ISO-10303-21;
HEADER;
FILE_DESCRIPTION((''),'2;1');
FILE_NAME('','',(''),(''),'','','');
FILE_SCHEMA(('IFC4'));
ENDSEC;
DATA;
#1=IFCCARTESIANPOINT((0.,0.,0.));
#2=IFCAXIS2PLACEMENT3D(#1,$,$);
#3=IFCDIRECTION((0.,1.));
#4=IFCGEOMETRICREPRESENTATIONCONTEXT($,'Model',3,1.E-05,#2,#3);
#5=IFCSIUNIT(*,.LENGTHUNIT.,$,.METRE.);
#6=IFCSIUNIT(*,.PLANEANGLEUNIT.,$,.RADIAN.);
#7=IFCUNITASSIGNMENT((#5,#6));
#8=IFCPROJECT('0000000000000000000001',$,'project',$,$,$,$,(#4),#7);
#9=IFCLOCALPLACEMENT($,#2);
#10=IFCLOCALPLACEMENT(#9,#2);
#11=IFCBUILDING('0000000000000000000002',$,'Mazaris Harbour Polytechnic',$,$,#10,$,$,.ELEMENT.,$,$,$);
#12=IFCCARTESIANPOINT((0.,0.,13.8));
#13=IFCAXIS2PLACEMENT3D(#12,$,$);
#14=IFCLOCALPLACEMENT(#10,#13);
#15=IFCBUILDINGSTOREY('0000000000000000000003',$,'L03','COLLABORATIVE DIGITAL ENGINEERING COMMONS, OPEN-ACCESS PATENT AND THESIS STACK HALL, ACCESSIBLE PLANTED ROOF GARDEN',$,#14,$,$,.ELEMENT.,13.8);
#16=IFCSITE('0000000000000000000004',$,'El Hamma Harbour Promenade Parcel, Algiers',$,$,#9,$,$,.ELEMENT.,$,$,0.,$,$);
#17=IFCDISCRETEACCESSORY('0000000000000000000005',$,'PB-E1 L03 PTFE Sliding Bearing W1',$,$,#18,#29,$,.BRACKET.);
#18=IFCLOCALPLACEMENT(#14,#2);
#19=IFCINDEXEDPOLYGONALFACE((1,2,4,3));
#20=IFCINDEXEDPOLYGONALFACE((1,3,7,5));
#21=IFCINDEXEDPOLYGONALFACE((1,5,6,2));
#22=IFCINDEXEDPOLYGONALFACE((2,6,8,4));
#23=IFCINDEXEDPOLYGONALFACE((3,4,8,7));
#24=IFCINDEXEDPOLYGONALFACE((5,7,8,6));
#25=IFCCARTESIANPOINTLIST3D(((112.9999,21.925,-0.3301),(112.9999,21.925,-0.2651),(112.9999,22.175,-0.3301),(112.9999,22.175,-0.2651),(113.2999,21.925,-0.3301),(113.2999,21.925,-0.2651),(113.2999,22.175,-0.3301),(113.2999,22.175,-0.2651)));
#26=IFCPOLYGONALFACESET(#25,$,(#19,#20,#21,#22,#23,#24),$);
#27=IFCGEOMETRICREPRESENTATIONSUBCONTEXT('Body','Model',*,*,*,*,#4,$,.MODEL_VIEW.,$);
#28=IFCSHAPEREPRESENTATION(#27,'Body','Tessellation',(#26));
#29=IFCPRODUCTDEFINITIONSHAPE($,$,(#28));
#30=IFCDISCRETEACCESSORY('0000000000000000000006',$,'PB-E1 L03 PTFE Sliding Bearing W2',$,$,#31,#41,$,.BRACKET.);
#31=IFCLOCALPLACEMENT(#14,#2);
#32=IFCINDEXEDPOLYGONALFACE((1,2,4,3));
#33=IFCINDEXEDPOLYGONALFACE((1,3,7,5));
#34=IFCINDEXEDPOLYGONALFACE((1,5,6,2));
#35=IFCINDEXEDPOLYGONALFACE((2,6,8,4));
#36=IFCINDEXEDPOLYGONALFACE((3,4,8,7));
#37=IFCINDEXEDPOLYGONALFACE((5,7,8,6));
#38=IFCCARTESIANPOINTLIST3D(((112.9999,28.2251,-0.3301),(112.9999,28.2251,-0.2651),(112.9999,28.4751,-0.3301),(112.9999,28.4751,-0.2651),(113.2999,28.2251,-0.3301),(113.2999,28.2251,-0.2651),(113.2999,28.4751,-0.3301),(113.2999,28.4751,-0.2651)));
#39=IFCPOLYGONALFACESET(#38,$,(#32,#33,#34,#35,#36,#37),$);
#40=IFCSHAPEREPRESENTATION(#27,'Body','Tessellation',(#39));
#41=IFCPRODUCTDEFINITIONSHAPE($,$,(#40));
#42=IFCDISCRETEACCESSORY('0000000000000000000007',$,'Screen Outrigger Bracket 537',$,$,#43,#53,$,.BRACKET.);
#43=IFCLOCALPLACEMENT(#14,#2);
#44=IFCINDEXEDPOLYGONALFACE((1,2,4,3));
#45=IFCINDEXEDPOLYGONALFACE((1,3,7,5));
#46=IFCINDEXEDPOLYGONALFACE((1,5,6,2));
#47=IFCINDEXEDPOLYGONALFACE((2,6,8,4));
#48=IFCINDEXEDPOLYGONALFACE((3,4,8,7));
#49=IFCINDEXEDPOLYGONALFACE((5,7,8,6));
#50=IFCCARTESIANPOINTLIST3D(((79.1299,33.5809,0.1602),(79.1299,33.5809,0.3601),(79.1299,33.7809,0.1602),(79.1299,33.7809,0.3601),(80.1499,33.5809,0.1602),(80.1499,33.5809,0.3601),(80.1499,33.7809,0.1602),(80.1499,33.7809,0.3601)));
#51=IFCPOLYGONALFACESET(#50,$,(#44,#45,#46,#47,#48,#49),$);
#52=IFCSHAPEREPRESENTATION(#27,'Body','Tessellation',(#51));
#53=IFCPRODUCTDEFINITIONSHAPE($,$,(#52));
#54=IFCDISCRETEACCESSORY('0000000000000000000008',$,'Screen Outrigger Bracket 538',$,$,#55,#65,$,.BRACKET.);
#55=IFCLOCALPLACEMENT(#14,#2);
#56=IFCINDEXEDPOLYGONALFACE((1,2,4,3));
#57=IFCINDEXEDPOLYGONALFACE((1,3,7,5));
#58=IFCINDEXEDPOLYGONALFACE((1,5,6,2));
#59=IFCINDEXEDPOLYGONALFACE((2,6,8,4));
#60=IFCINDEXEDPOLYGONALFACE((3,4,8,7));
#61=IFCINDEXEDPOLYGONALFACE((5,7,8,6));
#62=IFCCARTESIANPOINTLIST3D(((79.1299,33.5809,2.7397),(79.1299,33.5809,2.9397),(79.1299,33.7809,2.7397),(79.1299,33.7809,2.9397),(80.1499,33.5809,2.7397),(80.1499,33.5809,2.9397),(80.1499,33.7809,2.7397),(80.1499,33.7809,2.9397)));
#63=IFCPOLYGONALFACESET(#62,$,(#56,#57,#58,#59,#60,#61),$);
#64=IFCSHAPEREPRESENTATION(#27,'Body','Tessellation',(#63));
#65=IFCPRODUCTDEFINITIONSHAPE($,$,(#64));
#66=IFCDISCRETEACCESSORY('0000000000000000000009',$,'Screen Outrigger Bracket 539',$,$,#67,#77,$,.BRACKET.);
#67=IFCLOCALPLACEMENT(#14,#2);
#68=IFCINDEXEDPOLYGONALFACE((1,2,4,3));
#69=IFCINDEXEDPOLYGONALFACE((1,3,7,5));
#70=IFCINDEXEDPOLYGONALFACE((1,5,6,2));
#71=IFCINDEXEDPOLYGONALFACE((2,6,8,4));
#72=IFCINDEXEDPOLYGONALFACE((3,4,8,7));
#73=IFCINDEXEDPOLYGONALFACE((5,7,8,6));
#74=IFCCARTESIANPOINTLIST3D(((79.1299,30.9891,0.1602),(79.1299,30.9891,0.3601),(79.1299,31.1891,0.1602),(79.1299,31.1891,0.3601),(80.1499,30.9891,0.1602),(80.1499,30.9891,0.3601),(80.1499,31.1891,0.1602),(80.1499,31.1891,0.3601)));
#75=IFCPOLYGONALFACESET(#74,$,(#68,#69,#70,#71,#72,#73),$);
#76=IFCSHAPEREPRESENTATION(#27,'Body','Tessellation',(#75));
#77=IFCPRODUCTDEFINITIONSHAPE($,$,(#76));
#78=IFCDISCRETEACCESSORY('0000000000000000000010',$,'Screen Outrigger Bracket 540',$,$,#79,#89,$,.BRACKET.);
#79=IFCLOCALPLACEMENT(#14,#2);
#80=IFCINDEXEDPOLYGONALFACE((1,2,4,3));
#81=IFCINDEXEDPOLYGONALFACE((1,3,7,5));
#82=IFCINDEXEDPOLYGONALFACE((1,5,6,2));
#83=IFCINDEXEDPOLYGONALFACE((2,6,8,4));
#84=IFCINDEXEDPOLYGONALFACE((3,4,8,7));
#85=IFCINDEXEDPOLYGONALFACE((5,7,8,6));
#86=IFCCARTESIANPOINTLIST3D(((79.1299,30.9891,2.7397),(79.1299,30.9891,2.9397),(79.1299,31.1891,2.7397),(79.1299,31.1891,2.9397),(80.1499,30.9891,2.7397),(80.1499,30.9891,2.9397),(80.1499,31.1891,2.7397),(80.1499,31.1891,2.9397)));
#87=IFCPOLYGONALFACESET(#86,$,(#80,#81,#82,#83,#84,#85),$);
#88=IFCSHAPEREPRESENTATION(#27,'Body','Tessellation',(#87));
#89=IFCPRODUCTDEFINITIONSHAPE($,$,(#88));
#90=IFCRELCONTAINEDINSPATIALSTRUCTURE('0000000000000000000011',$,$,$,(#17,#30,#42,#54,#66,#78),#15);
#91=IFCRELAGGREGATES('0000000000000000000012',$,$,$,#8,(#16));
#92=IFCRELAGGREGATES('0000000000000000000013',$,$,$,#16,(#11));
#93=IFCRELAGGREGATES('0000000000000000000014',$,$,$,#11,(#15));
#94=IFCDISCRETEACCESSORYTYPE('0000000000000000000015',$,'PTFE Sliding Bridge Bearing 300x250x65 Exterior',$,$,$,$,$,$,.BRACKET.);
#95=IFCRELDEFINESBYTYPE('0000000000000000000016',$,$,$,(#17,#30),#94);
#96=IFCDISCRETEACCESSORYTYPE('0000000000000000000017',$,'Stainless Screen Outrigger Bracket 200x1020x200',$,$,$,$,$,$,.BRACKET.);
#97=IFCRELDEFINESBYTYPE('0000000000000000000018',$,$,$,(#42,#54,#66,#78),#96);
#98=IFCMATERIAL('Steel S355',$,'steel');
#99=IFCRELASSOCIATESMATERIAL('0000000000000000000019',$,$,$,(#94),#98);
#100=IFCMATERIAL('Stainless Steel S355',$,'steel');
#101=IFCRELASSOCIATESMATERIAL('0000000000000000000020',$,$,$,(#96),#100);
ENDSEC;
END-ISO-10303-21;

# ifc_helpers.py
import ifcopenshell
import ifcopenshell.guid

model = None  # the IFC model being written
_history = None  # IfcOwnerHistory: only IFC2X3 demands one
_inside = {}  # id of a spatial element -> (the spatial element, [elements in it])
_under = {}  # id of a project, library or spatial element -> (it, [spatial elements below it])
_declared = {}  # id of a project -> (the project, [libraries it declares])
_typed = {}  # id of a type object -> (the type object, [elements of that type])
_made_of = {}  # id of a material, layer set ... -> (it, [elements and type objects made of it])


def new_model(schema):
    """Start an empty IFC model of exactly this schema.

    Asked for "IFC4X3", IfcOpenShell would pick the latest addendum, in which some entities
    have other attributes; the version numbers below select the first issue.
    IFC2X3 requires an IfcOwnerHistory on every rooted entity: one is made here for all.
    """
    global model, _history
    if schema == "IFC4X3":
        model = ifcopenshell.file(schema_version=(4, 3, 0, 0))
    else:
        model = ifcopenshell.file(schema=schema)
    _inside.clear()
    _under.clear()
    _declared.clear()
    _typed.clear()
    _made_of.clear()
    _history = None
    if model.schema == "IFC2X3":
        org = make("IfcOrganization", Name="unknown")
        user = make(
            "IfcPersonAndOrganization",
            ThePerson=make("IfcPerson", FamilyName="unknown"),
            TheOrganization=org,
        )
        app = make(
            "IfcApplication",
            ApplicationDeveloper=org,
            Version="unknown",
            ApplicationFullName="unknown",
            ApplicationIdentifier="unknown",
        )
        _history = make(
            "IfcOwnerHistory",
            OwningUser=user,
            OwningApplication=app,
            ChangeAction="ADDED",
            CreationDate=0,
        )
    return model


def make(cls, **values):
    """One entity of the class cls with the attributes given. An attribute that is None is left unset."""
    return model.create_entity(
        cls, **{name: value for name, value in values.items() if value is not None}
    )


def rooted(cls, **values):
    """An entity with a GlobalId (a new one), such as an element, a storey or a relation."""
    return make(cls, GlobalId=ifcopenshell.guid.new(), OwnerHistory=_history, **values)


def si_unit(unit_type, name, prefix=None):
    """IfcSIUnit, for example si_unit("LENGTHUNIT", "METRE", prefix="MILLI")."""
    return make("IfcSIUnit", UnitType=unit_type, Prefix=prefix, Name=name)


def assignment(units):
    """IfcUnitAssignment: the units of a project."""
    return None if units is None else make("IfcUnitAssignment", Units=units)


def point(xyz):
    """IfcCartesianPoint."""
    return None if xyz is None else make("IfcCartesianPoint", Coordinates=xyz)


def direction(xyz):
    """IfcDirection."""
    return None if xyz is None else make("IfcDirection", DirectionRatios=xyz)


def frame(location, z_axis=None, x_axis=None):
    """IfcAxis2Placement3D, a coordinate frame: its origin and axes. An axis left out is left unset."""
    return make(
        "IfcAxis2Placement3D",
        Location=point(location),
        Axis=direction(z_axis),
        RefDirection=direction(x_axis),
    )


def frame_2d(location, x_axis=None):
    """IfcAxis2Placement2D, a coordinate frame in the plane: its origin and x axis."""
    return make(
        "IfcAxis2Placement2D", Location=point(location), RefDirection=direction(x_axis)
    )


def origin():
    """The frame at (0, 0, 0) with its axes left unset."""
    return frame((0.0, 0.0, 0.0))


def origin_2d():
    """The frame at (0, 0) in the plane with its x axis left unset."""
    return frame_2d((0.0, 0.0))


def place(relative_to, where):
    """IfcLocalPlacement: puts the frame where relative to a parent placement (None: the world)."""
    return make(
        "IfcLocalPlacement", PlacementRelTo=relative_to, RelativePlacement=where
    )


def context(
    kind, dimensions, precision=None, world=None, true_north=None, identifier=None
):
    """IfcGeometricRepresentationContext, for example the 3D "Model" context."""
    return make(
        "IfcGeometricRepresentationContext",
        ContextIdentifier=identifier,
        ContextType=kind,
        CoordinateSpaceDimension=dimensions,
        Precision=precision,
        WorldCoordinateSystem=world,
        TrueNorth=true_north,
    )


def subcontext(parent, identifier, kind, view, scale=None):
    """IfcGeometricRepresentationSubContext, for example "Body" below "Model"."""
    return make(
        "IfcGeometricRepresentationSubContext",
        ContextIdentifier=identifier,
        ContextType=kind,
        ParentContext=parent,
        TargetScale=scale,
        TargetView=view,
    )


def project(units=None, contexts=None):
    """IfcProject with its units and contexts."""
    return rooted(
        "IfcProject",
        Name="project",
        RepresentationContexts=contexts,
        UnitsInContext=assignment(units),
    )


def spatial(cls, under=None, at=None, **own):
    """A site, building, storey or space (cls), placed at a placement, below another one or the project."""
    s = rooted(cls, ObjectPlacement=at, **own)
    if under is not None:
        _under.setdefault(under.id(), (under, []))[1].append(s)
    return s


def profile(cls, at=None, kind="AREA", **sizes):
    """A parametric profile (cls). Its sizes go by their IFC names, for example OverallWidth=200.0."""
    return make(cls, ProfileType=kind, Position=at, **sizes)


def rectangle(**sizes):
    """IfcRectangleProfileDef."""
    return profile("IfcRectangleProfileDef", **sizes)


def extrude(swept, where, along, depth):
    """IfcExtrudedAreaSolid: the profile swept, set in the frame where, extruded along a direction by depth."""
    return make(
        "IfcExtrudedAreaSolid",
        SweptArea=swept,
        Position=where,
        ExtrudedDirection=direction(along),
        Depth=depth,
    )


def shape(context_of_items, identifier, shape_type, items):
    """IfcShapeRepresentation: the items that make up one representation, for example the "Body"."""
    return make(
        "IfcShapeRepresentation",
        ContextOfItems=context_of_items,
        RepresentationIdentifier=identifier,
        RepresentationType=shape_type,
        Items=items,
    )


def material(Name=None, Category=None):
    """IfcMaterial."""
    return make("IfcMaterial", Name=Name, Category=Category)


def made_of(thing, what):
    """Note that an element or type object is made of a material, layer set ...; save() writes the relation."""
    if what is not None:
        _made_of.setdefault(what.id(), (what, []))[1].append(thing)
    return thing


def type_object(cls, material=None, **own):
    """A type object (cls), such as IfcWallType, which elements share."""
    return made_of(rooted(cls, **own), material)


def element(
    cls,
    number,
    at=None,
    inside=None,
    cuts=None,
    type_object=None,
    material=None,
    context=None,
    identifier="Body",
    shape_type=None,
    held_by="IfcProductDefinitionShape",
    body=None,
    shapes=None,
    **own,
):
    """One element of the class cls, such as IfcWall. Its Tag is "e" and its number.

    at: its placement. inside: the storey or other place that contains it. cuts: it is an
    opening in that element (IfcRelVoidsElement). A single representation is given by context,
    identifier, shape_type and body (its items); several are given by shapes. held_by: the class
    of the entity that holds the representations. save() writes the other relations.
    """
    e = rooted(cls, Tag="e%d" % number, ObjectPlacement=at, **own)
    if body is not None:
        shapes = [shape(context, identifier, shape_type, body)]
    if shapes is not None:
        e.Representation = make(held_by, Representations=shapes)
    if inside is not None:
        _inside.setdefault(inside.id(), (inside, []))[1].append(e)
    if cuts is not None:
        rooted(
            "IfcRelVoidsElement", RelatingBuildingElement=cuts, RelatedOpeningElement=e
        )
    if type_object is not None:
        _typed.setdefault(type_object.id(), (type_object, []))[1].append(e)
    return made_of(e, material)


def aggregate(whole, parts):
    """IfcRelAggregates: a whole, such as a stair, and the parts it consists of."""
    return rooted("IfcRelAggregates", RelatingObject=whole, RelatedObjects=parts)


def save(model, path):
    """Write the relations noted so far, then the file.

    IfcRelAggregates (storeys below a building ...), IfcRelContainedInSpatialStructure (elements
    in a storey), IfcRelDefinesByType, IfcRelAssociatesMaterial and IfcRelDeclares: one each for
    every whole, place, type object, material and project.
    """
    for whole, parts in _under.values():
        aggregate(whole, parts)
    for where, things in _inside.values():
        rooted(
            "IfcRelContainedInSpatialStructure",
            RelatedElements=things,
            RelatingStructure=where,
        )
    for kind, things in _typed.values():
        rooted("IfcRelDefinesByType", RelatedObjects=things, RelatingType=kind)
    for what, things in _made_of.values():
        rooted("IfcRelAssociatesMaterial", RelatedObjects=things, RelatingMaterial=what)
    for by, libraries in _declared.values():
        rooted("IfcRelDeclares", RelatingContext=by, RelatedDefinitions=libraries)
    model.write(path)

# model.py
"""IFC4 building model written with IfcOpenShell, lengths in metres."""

from ifc_helpers import new_model, si_unit, direction, frame, origin, origin_2d, place, context, subcontext, project, spatial, rectangle, extrude, material, type_object, element, save


model = new_model("IFC4")

# Units and contexts
model_context = context("Model", 3, precision=1e-05, world=origin(), true_north=direction((0.0, 1.0)))
body_context = subcontext(model_context, "Body", "Model", "MODEL_VIEW")
ifc_project = project(units=[si_unit("LENGTHUNIT", "METRE"), si_unit("PLANEANGLEUNIT", "RADIAN")], contexts=[model_context])

# Site, building, storey
site_placement = place(None, origin())
site = spatial("IfcSite", under=ifc_project, at=site_placement, Name="El Hamma Harbour Promenade Parcel, Algiers", CompositionType="ELEMENT", RefElevation=0.0)
building_placement = place(site_placement, origin())
building = spatial("IfcBuilding", under=site, at=building_placement, Name="Mazaris Harbour Polytechnic", CompositionType="ELEMENT")
storey_placement = place(building_placement, frame((0.0, 0.0, 13.8)))
storey = spatial("IfcBuildingStorey", under=building, at=storey_placement, Name="L03", Description="COLLABORATIVE DIGITAL ENGINEERING COMMONS, OPEN-ACCESS PATENT AND THESIS STACK HALL, ACCESSIBLE PLANTED ROOF GARDEN", CompositionType="ELEMENT", Elevation=13.8)

# Discrete accessories
ifc_material_1 = material(Name="Steel S355", Category="steel")
discrete_accessory_type_1 = type_object("IfcDiscreteAccessoryType", Name="PTFE Sliding Bridge Bearing 300x250x65 Exterior", PredefinedType="BRACKET", material=ifc_material_1)
for number, where, z_axis, x_axis, name in (
    (1, (113.1499, 22.05, -0.3301), (0.0, 0.0, 1.0), (1.0, 0.0, 0.0), "PB-E1 L03 PTFE Sliding Bearing W1"),
    (2, (113.1499, 28.3501, -0.3301), (0.0, 0.0, 1.0), (1.0, 0.0, 0.0), "PB-E1 L03 PTFE Sliding Bearing W2"),
):
    element("IfcDiscreteAccessory", number, at=place(storey_placement, frame(where, z_axis=z_axis, x_axis=x_axis)), inside=storey, type_object=discrete_accessory_type_1, Name=name, PredefinedType="BRACKET", context=body_context, shape_type="SweptSolid", body=[
        extrude(rectangle(XDim=0.3, YDim=0.25, at=origin_2d()), origin(), (0.0, 0.0, 1.0), 0.0649),
    ])
ifc_material_2 = material(Name="Stainless Steel S355", Category="steel")
discrete_accessory_type_2 = type_object("IfcDiscreteAccessoryType", Name="Stainless Screen Outrigger Bracket 200x1020x200", PredefinedType="BRACKET", material=ifc_material_2)
for number, where, z_axis, x_axis, name in (
    (3, (79.6399, 33.6809, 0.1602), (0.0, 0.0, 1.0), (0.0, -1.0, 0.0), "Screen Outrigger Bracket 537"),
    (4, (79.6399, 33.6809, 2.7397), (0.0, 0.0, 1.0), (0.0, -1.0, 0.0), "Screen Outrigger Bracket 538"),
    (5, (79.6399, 31.0891, 0.1602), (0.0, 0.0, 1.0), (0.0, -1.0, 0.0), "Screen Outrigger Bracket 539"),
    (6, (79.6399, 31.0891, 2.7397), (0.0, 0.0, 1.0), (0.0, -1.0, 0.0), "Screen Outrigger Bracket 540"),
):
    element("IfcDiscreteAccessory", number, at=place(storey_placement, frame(where, z_axis=z_axis, x_axis=x_axis)), inside=storey, type_object=discrete_accessory_type_2, Name=name, PredefinedType="BRACKET", context=body_context, shape_type="SweptSolid", body=[
        extrude(rectangle(XDim=0.2, YDim=1.02, at=origin_2d()), origin(), (0.0, 0.0, 1.0), 0.2),
    ])

save(model, "model.ifc")
